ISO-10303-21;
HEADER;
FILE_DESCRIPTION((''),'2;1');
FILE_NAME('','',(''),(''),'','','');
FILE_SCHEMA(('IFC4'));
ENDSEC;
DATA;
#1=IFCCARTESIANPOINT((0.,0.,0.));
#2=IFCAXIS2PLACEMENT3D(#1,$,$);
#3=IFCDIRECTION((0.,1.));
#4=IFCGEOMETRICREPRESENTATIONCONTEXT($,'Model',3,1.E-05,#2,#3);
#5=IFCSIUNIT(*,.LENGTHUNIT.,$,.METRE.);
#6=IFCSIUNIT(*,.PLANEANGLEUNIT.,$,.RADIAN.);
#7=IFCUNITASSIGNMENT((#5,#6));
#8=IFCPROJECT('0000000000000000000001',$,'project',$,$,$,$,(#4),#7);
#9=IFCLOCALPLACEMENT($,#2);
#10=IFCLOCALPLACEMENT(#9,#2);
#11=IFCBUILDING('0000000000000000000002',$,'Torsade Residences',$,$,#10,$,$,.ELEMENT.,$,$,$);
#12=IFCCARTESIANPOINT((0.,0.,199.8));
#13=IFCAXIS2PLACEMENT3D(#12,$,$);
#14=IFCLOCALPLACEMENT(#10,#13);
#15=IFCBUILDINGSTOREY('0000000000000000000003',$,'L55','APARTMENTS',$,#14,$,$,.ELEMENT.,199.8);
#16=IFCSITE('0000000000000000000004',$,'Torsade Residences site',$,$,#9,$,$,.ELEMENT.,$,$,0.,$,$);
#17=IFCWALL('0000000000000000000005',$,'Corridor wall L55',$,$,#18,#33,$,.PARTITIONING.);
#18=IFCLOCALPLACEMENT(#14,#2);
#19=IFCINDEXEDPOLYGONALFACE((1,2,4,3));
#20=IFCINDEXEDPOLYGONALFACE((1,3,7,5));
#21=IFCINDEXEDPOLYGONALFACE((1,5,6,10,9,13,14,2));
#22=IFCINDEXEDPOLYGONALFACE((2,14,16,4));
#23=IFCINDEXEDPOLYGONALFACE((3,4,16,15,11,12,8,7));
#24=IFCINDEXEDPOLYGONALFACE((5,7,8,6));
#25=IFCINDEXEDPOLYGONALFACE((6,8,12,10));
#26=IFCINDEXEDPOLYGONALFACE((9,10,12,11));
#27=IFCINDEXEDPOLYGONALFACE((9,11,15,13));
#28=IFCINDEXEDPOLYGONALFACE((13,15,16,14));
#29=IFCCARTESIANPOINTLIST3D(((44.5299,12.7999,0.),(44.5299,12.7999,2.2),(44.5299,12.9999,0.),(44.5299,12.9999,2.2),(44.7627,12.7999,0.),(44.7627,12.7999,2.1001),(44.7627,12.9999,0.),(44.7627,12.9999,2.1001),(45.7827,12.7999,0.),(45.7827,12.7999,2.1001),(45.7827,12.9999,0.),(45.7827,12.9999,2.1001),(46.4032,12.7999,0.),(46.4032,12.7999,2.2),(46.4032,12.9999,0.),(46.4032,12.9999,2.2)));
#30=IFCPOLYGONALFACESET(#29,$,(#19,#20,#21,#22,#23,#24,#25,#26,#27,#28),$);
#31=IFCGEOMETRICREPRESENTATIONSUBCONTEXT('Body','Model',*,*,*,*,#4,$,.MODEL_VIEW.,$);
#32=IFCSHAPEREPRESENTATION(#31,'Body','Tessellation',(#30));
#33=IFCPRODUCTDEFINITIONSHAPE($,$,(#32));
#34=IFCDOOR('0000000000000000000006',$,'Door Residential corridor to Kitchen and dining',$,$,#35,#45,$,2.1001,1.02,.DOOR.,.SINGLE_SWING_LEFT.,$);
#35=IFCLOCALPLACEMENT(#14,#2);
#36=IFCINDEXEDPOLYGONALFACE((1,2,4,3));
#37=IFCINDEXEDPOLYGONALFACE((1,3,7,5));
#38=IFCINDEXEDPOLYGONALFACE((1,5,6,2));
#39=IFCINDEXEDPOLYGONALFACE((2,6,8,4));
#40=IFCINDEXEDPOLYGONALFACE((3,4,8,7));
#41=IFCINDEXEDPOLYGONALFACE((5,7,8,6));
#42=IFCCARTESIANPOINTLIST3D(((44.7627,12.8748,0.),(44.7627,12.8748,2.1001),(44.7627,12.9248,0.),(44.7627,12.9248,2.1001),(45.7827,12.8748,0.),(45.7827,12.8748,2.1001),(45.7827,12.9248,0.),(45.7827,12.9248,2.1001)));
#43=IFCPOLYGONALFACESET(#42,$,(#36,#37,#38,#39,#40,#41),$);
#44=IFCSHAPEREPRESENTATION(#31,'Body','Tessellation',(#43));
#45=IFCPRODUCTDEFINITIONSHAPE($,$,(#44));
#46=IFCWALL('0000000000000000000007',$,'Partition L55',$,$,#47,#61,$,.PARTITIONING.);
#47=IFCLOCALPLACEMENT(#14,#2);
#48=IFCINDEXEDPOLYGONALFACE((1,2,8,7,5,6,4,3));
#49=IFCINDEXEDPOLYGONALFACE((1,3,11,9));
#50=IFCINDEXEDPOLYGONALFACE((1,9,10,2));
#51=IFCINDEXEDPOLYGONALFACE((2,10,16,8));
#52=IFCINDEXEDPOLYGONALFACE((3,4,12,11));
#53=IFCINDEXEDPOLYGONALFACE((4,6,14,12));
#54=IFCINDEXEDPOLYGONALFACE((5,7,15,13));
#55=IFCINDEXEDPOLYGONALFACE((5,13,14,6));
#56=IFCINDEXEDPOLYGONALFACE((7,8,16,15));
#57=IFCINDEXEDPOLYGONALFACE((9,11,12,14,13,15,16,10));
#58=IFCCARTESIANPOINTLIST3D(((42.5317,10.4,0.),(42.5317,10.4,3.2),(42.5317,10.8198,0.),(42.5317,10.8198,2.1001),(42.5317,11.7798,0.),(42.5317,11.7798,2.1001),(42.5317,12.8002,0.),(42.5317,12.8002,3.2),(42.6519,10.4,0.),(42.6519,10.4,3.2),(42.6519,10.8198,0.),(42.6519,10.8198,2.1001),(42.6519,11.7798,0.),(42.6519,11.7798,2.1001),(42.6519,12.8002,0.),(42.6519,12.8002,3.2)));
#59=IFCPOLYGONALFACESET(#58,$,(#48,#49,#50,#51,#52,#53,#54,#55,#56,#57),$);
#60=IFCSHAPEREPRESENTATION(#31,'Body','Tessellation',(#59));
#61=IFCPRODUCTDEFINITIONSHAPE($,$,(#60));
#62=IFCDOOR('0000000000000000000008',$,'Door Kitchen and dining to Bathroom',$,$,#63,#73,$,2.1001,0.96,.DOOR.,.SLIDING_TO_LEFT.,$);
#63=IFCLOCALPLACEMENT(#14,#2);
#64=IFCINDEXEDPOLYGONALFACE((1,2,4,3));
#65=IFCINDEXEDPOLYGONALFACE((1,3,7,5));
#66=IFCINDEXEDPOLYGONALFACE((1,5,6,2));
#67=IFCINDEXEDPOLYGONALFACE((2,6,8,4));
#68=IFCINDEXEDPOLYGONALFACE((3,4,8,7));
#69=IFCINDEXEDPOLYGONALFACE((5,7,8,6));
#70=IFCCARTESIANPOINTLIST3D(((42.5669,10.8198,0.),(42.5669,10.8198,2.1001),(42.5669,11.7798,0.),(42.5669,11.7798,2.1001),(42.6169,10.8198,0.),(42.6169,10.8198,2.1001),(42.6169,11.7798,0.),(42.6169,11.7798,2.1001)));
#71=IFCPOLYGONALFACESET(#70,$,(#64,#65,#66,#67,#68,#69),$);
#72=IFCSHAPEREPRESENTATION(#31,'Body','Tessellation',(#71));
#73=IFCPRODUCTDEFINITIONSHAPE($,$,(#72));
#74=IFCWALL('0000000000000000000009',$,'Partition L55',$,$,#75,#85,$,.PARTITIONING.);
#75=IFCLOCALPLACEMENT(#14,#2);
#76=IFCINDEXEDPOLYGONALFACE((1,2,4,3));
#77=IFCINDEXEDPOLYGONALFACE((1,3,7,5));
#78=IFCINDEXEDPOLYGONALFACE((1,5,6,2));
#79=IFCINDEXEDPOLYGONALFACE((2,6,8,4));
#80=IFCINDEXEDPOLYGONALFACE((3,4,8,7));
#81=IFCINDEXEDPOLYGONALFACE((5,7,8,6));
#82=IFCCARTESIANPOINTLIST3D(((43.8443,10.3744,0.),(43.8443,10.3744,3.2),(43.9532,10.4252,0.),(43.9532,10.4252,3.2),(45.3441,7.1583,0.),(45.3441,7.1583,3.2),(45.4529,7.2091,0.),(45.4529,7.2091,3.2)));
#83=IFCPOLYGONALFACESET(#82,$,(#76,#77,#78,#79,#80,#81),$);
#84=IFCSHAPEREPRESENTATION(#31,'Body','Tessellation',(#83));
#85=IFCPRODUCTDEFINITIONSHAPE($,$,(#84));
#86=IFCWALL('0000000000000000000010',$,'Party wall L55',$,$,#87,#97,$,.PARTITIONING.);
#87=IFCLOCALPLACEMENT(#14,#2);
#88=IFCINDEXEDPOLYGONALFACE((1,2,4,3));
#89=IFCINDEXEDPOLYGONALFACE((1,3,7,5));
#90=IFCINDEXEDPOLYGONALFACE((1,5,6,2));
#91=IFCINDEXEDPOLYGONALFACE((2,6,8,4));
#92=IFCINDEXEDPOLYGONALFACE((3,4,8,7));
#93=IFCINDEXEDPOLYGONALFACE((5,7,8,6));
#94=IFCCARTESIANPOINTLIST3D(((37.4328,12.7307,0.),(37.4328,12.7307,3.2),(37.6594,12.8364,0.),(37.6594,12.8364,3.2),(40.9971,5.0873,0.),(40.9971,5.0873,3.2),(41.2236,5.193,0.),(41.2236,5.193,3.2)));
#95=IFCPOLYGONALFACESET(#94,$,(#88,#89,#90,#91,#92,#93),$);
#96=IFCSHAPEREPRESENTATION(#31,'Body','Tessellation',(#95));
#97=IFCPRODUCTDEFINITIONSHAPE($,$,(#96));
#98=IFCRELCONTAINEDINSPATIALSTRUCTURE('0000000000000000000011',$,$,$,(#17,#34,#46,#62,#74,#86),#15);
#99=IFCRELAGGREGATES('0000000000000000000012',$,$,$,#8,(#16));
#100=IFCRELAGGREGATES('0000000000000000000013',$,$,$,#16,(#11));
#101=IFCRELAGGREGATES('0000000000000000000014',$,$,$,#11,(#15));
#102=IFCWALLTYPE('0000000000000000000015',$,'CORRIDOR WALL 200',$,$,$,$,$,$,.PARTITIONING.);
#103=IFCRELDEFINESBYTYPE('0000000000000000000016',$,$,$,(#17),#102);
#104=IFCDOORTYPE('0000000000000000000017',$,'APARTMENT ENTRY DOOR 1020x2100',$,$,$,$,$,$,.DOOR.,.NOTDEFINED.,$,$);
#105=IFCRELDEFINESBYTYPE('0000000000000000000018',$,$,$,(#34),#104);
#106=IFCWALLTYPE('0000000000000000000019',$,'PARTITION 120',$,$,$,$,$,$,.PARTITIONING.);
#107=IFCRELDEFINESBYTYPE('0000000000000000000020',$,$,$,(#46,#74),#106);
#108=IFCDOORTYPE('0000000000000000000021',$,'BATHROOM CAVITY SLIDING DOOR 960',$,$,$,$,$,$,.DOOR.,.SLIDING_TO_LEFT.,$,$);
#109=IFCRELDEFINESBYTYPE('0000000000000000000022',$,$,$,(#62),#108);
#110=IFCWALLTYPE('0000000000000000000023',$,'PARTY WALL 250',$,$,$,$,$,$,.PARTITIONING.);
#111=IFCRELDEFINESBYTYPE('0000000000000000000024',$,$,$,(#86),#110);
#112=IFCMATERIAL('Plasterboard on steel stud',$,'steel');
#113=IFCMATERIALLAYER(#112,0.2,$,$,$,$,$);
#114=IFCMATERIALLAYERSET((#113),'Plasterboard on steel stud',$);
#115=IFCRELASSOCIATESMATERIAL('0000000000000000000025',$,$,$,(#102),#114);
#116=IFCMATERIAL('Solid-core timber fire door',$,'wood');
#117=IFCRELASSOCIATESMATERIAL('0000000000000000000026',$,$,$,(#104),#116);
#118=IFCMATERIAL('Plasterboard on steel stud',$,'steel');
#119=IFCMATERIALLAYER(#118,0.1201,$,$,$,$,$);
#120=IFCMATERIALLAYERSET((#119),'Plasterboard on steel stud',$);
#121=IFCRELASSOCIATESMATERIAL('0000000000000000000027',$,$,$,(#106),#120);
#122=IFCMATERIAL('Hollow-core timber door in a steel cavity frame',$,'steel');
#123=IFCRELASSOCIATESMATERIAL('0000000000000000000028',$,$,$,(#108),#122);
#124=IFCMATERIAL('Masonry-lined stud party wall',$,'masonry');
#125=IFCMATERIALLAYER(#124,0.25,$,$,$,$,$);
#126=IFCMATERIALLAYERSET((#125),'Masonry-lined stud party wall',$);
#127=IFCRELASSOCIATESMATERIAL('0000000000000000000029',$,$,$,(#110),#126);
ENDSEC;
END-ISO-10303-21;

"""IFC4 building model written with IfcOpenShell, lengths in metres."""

from ifc_helpers import new_model, si_unit, direction, frame, frame_2d, origin, place, context, subcontext, project, spatial, rectangle, extrude, material, layer, layer_set, type_object, element, fill, save


model = new_model("IFC4")

# Units and contexts
model_context = context("Model", 3, precision=1e-05, world=origin(), true_north=direction((0.0, 1.0)))
body_context = subcontext(model_context, "Body", "Model", "MODEL_VIEW")
ifc_project = project(units=[si_unit("LENGTHUNIT", "METRE"), si_unit("PLANEANGLEUNIT", "RADIAN")], contexts=[model_context])

# Site, building, storey
site_placement = place(None, origin())
site = spatial("IfcSite", under=ifc_project, at=site_placement, Name="Torsade Residences site", CompositionType="ELEMENT", RefElevation=0.0)
building_placement = place(site_placement, origin())
building = spatial("IfcBuilding", under=site, at=building_placement, Name="Torsade Residences", CompositionType="ELEMENT")
storey_placement = place(building_placement, frame((0.0, 0.0, 199.8)))
storey = spatial("IfcBuildingStorey", under=building, at=storey_placement, Name="L55", Description="APARTMENTS", CompositionType="ELEMENT", Elevation=199.8)

# Walls, openings, doors
ifc_material_1 = material(Name="Plasterboard on steel stud", Category="steel")
ifc_layer_1 = layer(ifc_material_1, 0.2)
ifc_layer_set_1 = layer_set([ifc_layer_1], Name="Plasterboard on steel stud")
wall_type_1 = type_object("IfcWallType", Name="CORRIDOR WALL 200", PredefinedType="PARTITIONING", material=ifc_layer_set_1)
wall_1_placement = place(storey_placement, frame((44.53, 12.8999, 0.0), z_axis=(0.0, 0.0, 1.0), x_axis=(1.0, 0.0, 0.0)))
wall_1 = element("IfcWall", 1, at=wall_1_placement, inside=storey, type_object=wall_type_1, Name="Corridor wall L55", PredefinedType="PARTITIONING", context=body_context, shape_type="SweptSolid", body=[
    extrude(rectangle(XDim=1.8733, YDim=0.2, at=frame_2d((0.9365, 0.0))), origin(), (0.0, 0.0, 1.0), 2.2),
])
opening_1_placement = place(wall_1_placement, frame((0.2327, 0.0, 0.0)))
opening_1 = element("IfcOpeningElement", 2, at=opening_1_placement, cuts=wall_1, PredefinedType="OPENING", context=body_context, shape_type="SweptSolid", body=[
    extrude(rectangle(XDim=1.02, YDim=2.1001, at=frame_2d((0.51, 1.05))), frame((0.0, 0.1099, 0.0), z_axis=(0.0, -1.0, 0.0), x_axis=(1.0, 0.0, 0.0)), (0.0, 0.0, 1.0), 0.22),
])
ifc_material_2 = material(Name="Solid-core timber fire door", Category="wood")
door_type_1 = type_object("IfcDoorType", Name="APARTMENT ENTRY DOOR 1020x2100", OperationType="NOTDEFINED", PredefinedType="DOOR", material=ifc_material_2)
door_1_placement = place(opening_1_placement, origin())
door_1 = element("IfcDoor", 3, at=door_1_placement, inside=storey, type_object=door_type_1, Name="Door Residential corridor to Kitchen and dining", OperationType="SINGLE_SWING_LEFT", OverallHeight=2.1001, OverallWidth=1.02, PredefinedType="DOOR", context=body_context, shape_type="SweptSolid", body=[
    extrude(rectangle(XDim=1.02, YDim=2.1001, at=frame_2d((0.51, 1.05))), frame((0.0, 0.0249, 0.0), z_axis=(0.0, -1.0, 0.0), x_axis=(1.0, 0.0, 0.0)), (0.0, 0.0, 1.0), 0.05),
])
fill(opening_1, door_1)
ifc_material_3 = material(Name="Plasterboard on steel stud", Category="steel")
ifc_layer_2 = layer(ifc_material_3, 0.1201)
ifc_layer_set_2 = layer_set([ifc_layer_2], Name="Plasterboard on steel stud")
wall_type_2 = type_object("IfcWallType", Name="PARTITION 120", PredefinedType="PARTITIONING", material=ifc_layer_set_2)
wall_2_placement = place(storey_placement, frame((42.5918, 10.3999, 0.0), z_axis=(0.0, 0.0, 1.0), x_axis=(0.0, 1.0, 0.0)))
wall_2 = element("IfcWall", 4, at=wall_2_placement, inside=storey, type_object=wall_type_2, Name="Partition L55", PredefinedType="PARTITIONING", context=body_context, shape_type="SweptSolid", body=[
    extrude(rectangle(XDim=2.4001, YDim=0.1201, at=frame_2d((1.2002, 0.0))), origin(), (0.0, 0.0, 1.0), 3.2),
])
opening_2_placement = place(wall_2_placement, frame((0.4199, 0.0, 0.0)))
opening_2 = element("IfcOpeningElement", 5, at=opening_2_placement, cuts=wall_2, PredefinedType="OPENING", context=body_context, shape_type="SweptSolid", body=[
    extrude(rectangle(XDim=0.96, YDim=2.1001, at=frame_2d((0.48, 1.05))), frame((0.0, 0.0701, 0.0), z_axis=(0.0, -1.0, 0.0), x_axis=(1.0, 0.0, 0.0)), (0.0, 0.0, 1.0), 0.1401),
])
ifc_material_4 = material(Name="Hollow-core timber door in a steel cavity frame", Category="steel")
door_type_2 = type_object("IfcDoorType", Name="BATHROOM CAVITY SLIDING DOOR 960", OperationType="SLIDING_TO_LEFT", PredefinedType="DOOR", material=ifc_material_4)
door_2_placement = place(opening_2_placement, origin())
door_2 = element("IfcDoor", 6, at=door_2_placement, inside=storey, type_object=door_type_2, Name="Door Kitchen and dining to Bathroom", OperationType="SLIDING_TO_LEFT", OverallHeight=2.1001, OverallWidth=0.96, PredefinedType="DOOR", context=body_context, shape_type="SweptSolid", body=[
    extrude(rectangle(XDim=0.96, YDim=2.1001, at=frame_2d((0.48, 1.05))), frame((0.0, 0.0249, 0.0), z_axis=(0.0, -1.0, 0.0), x_axis=(1.0, 0.0, 0.0)), (0.0, 0.0, 1.0), 0.05),
])
fill(opening_2, door_2)

# Walls
wall_3_placement = place(storey_placement, frame((43.8987, 10.3999, 0.0), z_axis=(0.0, 0.0, 1.0), x_axis=(0.422637, -0.906299, 0.0)))
element("IfcWall", 7, at=wall_3_placement, inside=storey, type_object=wall_type_2, Name="Partition L55", PredefinedType="PARTITIONING", context=body_context, shape_type="SweptSolid", body=[
    extrude(rectangle(XDim=3.5486, YDim=0.1201, at=frame_2d((1.7744, 0.0))), origin(), (0.0, 0.0, 1.0), 3.2),
])
ifc_material_5 = material(Name="Masonry-lined stud party wall", Category="masonry")
ifc_layer_3 = layer(ifc_material_5, 0.25)
ifc_layer_set_3 = layer_set([ifc_layer_3], Name="Masonry-lined stud party wall")
wall_type_3 = type_object("IfcWallType", Name="PARTY WALL 250", PredefinedType="PARTITIONING", material=ifc_layer_set_3)
wall_4_placement = place(storey_placement, frame((41.1104, 5.1401, 0.0), z_axis=(0.0, 0.0, 1.0), x_axis=(-0.422626, 0.906304, 0.0)))
element("IfcWall", 8, at=wall_4_placement, inside=storey, type_object=wall_type_3, Name="Party wall L55", PredefinedType="PARTITIONING", context=body_context, shape_type="SweptSolid", body=[
    extrude(rectangle(XDim=8.4336, YDim=0.25, at=frame_2d((4.2168, 0.0))), origin(), (0.0, 0.0, 1.0), 3.2),
])

save(model, "model.ifc")
